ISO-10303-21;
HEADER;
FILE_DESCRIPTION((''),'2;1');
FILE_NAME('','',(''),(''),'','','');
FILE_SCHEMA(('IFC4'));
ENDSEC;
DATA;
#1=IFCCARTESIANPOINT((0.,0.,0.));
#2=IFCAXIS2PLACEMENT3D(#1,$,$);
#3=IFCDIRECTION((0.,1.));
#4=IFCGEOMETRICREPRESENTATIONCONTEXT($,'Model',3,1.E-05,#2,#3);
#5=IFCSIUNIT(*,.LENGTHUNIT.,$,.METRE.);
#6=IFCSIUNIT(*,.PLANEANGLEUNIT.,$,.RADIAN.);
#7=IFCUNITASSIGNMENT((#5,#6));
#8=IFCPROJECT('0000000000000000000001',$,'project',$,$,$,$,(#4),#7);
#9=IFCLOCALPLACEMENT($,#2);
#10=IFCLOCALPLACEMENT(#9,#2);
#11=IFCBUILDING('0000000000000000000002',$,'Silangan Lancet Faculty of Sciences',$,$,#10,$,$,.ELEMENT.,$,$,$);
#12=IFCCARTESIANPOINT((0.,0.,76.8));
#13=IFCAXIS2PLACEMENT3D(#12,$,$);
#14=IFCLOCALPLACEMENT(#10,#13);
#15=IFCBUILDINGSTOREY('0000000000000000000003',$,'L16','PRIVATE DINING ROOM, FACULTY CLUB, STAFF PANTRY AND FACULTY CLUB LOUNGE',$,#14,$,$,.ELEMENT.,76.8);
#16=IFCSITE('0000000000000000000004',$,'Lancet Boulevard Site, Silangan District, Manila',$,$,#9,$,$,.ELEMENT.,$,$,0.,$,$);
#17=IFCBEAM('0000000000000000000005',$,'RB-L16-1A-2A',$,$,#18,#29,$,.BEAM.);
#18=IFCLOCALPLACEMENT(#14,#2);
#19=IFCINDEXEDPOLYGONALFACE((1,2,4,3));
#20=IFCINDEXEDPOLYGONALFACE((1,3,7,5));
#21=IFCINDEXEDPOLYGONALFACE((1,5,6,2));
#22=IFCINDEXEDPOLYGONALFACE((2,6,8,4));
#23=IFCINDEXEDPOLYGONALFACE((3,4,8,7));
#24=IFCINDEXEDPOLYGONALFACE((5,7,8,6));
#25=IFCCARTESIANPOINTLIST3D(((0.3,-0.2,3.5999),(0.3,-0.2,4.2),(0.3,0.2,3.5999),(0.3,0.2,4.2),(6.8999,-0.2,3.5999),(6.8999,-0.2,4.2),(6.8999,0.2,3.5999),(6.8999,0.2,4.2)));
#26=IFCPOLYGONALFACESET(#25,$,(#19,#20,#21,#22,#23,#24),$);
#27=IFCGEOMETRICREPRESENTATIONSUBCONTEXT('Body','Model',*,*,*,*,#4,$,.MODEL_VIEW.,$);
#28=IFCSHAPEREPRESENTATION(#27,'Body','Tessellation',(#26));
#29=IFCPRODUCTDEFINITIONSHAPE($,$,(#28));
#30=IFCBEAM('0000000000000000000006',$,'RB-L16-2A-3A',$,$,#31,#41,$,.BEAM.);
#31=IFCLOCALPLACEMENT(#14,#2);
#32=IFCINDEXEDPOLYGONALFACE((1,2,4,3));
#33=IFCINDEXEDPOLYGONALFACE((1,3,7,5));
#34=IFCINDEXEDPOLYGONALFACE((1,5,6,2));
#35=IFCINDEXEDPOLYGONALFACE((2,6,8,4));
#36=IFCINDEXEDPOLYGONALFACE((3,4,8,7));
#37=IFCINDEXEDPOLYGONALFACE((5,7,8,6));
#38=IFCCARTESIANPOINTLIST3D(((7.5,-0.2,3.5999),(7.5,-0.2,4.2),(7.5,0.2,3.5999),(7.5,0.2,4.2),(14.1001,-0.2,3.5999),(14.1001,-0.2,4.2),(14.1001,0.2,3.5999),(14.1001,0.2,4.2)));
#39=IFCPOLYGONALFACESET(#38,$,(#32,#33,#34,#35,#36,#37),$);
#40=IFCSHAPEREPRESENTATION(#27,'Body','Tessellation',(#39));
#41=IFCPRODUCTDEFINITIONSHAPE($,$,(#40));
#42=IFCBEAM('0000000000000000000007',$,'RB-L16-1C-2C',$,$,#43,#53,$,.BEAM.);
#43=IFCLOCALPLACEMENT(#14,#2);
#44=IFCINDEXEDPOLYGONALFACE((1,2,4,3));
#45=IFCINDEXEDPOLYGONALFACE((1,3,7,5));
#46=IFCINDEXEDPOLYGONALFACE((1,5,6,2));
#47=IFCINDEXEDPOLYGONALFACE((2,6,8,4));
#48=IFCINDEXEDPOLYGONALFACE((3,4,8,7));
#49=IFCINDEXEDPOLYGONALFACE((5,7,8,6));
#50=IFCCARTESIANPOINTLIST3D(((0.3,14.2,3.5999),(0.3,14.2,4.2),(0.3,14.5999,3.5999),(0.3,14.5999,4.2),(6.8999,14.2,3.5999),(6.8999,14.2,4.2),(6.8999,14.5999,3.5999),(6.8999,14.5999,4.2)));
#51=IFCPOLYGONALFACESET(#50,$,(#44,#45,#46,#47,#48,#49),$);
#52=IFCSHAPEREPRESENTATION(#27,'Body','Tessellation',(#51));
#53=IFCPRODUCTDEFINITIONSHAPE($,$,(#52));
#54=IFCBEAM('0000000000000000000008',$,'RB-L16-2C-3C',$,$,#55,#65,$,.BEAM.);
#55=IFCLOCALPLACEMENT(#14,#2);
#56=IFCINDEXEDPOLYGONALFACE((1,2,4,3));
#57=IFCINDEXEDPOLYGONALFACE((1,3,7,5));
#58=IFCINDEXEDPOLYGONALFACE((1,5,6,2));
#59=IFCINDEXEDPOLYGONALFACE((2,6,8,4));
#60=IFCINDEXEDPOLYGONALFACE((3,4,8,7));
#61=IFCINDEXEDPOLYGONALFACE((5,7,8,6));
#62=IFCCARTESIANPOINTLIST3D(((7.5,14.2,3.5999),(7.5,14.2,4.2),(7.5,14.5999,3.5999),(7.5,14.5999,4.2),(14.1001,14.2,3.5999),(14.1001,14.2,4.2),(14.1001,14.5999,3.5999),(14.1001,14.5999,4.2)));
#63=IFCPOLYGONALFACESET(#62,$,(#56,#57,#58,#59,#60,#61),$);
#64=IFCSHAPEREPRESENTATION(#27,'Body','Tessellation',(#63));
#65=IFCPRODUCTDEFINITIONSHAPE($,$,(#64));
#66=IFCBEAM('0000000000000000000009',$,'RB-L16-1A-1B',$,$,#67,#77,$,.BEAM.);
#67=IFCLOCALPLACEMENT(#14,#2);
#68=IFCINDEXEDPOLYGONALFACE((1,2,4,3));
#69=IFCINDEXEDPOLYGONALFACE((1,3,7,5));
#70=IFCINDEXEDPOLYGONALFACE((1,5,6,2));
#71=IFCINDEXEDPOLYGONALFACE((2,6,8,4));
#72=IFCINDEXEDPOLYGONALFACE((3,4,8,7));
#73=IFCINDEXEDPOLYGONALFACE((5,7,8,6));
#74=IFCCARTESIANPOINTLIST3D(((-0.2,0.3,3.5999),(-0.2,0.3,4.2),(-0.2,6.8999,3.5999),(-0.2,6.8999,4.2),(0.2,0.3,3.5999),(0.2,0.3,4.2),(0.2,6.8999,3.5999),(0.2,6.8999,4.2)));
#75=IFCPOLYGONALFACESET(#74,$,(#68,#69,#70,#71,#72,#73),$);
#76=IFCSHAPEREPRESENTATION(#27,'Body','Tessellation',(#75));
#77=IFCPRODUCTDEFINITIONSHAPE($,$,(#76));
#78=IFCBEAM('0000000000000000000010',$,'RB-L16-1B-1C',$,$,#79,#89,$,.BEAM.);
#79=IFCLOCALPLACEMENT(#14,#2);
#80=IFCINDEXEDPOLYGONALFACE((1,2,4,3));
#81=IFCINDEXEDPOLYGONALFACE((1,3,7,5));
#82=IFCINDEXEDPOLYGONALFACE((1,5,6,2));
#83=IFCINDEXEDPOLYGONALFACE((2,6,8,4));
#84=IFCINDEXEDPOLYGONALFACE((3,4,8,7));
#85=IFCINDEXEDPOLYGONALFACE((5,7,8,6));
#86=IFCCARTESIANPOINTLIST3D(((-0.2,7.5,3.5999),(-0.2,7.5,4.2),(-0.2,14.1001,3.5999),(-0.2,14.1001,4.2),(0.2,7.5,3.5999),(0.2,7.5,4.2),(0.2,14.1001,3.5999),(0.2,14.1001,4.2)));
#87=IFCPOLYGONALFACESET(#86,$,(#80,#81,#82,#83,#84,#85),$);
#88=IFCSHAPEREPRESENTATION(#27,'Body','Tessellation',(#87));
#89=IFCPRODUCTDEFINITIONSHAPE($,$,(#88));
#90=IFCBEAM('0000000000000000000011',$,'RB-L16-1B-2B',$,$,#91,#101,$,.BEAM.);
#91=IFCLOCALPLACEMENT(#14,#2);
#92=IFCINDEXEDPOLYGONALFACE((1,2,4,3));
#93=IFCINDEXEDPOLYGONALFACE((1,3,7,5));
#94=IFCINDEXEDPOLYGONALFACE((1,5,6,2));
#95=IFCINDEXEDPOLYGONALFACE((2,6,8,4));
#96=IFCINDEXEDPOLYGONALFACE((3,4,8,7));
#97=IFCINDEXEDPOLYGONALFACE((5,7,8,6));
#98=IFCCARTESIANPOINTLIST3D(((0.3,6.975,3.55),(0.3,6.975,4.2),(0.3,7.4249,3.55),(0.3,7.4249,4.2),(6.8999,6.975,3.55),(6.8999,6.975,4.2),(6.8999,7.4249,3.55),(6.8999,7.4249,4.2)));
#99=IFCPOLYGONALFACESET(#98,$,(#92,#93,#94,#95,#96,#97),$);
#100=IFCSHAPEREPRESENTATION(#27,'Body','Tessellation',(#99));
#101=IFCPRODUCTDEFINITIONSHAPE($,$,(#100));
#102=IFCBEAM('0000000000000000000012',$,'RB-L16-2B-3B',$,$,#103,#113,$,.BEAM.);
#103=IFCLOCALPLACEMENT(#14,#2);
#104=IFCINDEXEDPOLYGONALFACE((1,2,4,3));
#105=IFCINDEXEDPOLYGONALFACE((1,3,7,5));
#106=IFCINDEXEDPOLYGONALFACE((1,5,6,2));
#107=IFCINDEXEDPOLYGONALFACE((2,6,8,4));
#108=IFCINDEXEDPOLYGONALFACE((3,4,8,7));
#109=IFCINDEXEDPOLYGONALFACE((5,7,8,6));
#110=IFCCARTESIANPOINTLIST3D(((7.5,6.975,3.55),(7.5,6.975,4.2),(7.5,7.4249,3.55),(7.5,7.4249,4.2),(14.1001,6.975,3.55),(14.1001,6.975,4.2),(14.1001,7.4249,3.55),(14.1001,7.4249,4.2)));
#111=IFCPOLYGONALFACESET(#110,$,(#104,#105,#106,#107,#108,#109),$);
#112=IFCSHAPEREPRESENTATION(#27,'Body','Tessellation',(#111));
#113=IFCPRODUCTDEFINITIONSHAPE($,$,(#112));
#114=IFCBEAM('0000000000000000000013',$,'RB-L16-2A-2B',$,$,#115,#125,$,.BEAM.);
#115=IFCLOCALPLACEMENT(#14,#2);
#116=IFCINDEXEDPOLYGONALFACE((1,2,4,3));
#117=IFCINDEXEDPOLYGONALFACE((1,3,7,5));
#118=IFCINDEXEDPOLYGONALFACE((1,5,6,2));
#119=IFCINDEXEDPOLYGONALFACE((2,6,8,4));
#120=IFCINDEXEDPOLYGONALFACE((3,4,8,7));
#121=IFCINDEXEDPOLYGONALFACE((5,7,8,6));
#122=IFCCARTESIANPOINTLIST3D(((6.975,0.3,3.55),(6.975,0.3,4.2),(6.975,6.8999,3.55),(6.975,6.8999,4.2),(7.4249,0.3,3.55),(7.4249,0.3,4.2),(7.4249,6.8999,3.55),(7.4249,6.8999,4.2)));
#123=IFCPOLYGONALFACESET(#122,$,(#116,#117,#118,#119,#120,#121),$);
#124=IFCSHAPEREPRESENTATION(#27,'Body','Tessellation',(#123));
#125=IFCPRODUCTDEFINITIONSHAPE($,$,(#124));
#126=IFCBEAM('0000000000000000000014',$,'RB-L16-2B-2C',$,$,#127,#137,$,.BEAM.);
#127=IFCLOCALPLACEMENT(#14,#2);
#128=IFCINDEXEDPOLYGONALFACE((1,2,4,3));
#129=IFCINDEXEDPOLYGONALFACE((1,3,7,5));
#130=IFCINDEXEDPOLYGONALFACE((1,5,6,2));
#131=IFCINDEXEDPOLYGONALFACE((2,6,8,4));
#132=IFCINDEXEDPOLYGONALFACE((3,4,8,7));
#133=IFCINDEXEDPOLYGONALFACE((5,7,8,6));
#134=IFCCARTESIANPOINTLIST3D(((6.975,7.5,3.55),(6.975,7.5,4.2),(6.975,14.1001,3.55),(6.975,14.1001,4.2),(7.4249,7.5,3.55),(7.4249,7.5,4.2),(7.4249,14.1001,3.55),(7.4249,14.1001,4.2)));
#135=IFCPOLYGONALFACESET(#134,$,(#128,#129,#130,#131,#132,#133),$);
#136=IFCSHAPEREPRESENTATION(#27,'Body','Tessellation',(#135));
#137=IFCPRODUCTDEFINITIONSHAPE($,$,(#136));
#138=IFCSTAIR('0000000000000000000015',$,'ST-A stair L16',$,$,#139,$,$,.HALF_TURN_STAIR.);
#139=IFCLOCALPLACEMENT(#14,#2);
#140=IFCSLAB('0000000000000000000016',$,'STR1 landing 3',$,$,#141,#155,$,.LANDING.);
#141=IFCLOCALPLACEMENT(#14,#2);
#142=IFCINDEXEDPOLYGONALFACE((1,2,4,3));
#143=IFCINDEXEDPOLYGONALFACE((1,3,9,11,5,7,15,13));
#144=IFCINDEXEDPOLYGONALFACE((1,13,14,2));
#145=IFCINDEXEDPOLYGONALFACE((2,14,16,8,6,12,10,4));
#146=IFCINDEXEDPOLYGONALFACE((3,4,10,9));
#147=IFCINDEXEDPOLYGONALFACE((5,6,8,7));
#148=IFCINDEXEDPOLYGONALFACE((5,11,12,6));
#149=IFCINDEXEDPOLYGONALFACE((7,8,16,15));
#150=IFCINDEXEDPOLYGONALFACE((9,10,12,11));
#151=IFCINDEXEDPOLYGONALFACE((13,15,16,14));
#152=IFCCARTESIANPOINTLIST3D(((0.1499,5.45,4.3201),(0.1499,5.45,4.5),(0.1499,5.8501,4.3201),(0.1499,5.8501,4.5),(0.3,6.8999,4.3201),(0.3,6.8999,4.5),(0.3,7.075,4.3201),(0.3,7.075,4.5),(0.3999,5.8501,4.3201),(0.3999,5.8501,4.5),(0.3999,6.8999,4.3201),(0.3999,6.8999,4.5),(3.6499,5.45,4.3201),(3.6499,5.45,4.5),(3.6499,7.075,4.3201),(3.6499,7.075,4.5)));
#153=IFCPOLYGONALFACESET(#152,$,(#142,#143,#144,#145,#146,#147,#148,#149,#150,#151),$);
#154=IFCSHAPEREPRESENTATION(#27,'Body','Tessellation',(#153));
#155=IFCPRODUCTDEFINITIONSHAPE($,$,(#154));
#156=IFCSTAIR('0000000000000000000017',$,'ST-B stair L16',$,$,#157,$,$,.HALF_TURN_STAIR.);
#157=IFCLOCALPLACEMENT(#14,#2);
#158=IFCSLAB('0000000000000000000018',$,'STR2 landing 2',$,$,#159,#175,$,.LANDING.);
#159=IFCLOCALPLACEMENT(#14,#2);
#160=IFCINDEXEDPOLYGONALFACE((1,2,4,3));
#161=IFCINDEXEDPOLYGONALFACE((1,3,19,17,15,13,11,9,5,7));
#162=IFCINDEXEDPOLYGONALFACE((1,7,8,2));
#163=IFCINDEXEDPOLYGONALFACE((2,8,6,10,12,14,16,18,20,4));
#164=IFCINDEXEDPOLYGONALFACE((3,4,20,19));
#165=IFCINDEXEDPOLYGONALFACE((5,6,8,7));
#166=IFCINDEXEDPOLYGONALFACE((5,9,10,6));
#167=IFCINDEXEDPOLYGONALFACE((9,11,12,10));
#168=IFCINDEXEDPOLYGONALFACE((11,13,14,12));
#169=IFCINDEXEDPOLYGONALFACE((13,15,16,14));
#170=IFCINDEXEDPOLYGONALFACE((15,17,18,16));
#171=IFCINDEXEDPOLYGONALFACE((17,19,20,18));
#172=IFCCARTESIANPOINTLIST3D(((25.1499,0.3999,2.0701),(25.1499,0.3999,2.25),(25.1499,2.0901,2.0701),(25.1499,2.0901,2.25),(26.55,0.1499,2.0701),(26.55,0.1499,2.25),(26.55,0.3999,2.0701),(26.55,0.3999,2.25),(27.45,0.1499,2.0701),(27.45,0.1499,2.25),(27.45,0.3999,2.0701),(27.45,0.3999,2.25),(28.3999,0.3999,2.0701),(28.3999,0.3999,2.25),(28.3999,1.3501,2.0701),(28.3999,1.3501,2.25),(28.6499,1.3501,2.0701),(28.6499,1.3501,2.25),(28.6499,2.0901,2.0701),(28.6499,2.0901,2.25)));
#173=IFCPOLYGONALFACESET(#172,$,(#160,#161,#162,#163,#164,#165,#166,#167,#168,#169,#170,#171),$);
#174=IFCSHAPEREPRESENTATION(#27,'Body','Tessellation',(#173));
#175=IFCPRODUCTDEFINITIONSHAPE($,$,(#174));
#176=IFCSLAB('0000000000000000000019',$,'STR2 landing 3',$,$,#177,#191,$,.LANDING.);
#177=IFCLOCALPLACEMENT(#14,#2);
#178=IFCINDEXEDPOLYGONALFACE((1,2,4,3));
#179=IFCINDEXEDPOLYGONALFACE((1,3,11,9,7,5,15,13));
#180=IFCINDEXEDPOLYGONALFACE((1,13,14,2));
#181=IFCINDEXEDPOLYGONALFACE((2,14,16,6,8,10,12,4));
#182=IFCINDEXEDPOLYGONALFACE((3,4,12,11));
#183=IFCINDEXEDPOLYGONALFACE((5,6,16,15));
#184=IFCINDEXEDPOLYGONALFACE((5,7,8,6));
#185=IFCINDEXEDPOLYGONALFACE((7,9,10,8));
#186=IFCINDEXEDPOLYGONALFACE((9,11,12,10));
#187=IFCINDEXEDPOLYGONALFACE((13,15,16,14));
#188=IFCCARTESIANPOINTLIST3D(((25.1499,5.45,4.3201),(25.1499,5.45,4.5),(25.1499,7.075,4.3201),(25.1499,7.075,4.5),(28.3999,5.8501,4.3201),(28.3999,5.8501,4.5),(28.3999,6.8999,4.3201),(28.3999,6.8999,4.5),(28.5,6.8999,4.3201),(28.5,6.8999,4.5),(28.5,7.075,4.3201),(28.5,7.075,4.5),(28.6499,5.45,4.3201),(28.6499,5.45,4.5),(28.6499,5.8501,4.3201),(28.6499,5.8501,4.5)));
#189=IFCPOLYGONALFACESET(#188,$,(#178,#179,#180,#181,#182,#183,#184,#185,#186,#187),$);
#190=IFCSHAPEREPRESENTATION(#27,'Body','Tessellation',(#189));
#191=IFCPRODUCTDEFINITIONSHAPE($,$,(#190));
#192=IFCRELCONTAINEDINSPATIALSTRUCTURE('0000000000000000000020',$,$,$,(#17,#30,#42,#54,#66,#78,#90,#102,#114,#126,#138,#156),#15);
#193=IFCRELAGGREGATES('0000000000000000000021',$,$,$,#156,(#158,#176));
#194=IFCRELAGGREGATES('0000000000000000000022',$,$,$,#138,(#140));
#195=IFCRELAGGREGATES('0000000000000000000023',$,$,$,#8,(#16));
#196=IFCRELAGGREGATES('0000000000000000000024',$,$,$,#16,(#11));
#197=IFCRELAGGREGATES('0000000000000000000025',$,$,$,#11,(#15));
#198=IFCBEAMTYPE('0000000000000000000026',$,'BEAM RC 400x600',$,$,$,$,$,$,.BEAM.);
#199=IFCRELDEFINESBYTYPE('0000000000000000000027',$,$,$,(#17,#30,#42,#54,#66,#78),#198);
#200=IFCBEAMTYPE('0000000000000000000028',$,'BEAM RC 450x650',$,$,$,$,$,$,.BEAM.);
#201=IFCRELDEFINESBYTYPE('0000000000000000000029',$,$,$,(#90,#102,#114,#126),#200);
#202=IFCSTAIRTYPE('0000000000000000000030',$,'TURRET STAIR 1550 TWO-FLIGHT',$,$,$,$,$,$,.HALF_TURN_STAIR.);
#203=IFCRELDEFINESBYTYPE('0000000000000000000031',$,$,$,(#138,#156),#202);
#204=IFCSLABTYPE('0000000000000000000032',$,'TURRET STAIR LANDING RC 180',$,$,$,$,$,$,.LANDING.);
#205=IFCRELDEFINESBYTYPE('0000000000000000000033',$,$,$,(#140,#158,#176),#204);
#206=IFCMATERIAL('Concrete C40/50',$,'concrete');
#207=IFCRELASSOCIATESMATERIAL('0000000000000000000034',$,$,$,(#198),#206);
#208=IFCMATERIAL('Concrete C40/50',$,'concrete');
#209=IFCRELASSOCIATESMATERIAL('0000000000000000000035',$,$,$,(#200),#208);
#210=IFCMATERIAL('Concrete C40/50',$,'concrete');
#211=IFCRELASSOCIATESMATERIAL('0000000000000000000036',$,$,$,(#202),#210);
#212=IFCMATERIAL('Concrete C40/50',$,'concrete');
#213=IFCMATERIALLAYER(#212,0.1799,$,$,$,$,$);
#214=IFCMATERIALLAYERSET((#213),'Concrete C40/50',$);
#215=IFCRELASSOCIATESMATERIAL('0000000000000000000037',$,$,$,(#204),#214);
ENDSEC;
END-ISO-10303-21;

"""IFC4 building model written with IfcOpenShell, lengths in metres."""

from ifc_helpers import new_model, si_unit, direction, frame, origin, origin_2d, place, context, subcontext, project, spatial, polyline, rectangle, outline, extrude, material, layer, layer_set, material_profile, profile_set, type_object, element, aggregate, save


model = new_model("IFC4")

# Units and contexts
model_context = context("Model", 3, precision=1e-05, world=origin(), true_north=direction((0.0, 1.0)))
body_context = subcontext(model_context, "Body", "Model", "MODEL_VIEW")
ifc_project = project(units=[si_unit("LENGTHUNIT", "METRE"), si_unit("PLANEANGLEUNIT", "RADIAN")], contexts=[model_context])

# Site, building, storey
site_placement = place(None, origin())
site = spatial("IfcSite", under=ifc_project, at=site_placement, Name="Lancet Boulevard Site, Silangan District, Manila", CompositionType="ELEMENT", RefElevation=0.0)
building_placement = place(site_placement, origin())
building = spatial("IfcBuilding", under=site, at=building_placement, Name="Silangan Lancet Faculty of Sciences", CompositionType="ELEMENT")
storey_placement = place(building_placement, frame((0.0, 0.0, 76.8)))
storey = spatial("IfcBuildingStorey", under=building, at=storey_placement, Name="L16", Description="PRIVATE DINING ROOM, FACULTY CLUB, STAFF PANTRY AND FACULTY CLUB LOUNGE", CompositionType="ELEMENT", Elevation=76.8)

# Beams
ifc_material_1 = material(Name="Concrete C40/50", Category="concrete")
ifc_material_profile_1 = material_profile(ifc_material_1, rectangle(XDim=0.3999, YDim=0.6001, at=origin_2d()), Name="RC 400x600")
ifc_profile_set_1 = profile_set([ifc_material_profile_1], Name="Concrete C40/50")
beam_type_1 = type_object("IfcBeamType", Name="BEAM RC 400x600", PredefinedType="BEAM", material=ifc_profile_set_1)
beam_1_placement = place(storey_placement, frame((0.3, 0.0, 3.8999), z_axis=(1.0, 0.0, 0.0), x_axis=(0.0, 1.0, 0.0)))
element("IfcBeam", 1, at=beam_1_placement, inside=storey, type_object=beam_type_1, Name="RB-L16-1A-2A", PredefinedType="BEAM", context=body_context, shape_type="SweptSolid", body=[
    extrude(rectangle(XDim=0.3999, YDim=0.6001, at=origin_2d()), origin(), (0.0, 0.0, 1.0), 6.5999),
])
beam_2_placement = place(storey_placement, frame((7.5, 0.0, 3.8999), z_axis=(1.0, 0.0, 0.0), x_axis=(0.0, 1.0, 0.0)))
element("IfcBeam", 2, at=beam_2_placement, inside=storey, type_object=beam_type_1, Name="RB-L16-2A-3A", PredefinedType="BEAM", context=body_context, shape_type="SweptSolid", body=[
    extrude(rectangle(XDim=0.3999, YDim=0.6001, at=origin_2d()), origin(), (0.0, 0.0, 1.0), 6.6001),
])
beam_3_placement = place(storey_placement, frame((0.3, 14.3999, 3.8999), z_axis=(1.0, 0.0, 0.0), x_axis=(0.0, 1.0, 0.0)))
element("IfcBeam", 3, at=beam_3_placement, inside=storey, type_object=beam_type_1, Name="RB-L16-1C-2C", PredefinedType="BEAM", context=body_context, shape_type="SweptSolid", body=[
    extrude(rectangle(XDim=0.3999, YDim=0.6001, at=origin_2d()), origin(), (0.0, 0.0, 1.0), 6.5999),
])
beam_4_placement = place(storey_placement, frame((7.5, 14.3999, 3.8999), z_axis=(1.0, 0.0, 0.0), x_axis=(0.0, 1.0, 0.0)))
element("IfcBeam", 4, at=beam_4_placement, inside=storey, type_object=beam_type_1, Name="RB-L16-2C-3C", PredefinedType="BEAM", context=body_context, shape_type="SweptSolid", body=[
    extrude(rectangle(XDim=0.3999, YDim=0.6001, at=origin_2d()), origin(), (0.0, 0.0, 1.0), 6.6001),
])
beam_5_placement = place(storey_placement, frame((0.0, 0.3, 3.8999), z_axis=(0.0, 1.0, 0.0), x_axis=(-1.0, 0.0, 0.0)))
element("IfcBeam", 5, at=beam_5_placement, inside=storey, type_object=beam_type_1, Name="RB-L16-1A-1B", PredefinedType="BEAM", context=body_context, shape_type="SweptSolid", body=[
    extrude(rectangle(XDim=0.3999, YDim=0.6001, at=origin_2d()), origin(), (0.0, 0.0, 1.0), 6.5999),
])
beam_6_placement = place(storey_placement, frame((0.0, 7.5, 3.8999), z_axis=(0.0, 1.0, 0.0), x_axis=(-1.0, 0.0, 0.0)))
element("IfcBeam", 6, at=beam_6_placement, inside=storey, type_object=beam_type_1, Name="RB-L16-1B-1C", PredefinedType="BEAM", context=body_context, shape_type="SweptSolid", body=[
    extrude(rectangle(XDim=0.3999, YDim=0.6001, at=origin_2d()), origin(), (0.0, 0.0, 1.0), 6.6001),
])
ifc_material_2 = material(Name="Concrete C40/50", Category="concrete")
ifc_material_profile_2 = material_profile(ifc_material_2, rectangle(XDim=0.45, YDim=0.6499, at=origin_2d()), Name="RC 450x650")
ifc_profile_set_2 = profile_set([ifc_material_profile_2], Name="Concrete C40/50")
beam_type_2 = type_object("IfcBeamType", Name="BEAM RC 450x650", PredefinedType="BEAM", material=ifc_profile_set_2)
beam_7_placement = place(storey_placement, frame((0.3, 7.2, 3.875), z_axis=(1.0, 0.0, 0.0), x_axis=(0.0, 1.0, 0.0)))
element("IfcBeam", 7, at=beam_7_placement, inside=storey, type_object=beam_type_2, Name="RB-L16-1B-2B", PredefinedType="BEAM", context=body_context, shape_type="SweptSolid", body=[
    extrude(rectangle(XDim=0.45, YDim=0.6499, at=origin_2d()), origin(), (0.0, 0.0, 1.0), 6.5999),
])
beam_8_placement = place(storey_placement, frame((7.5, 7.2, 3.875), z_axis=(1.0, 0.0, 0.0), x_axis=(0.0, 1.0, 0.0)))
element("IfcBeam", 8, at=beam_8_placement, inside=storey, type_object=beam_type_2, Name="RB-L16-2B-3B", PredefinedType="BEAM", context=body_context, shape_type="SweptSolid", body=[
    extrude(rectangle(XDim=0.45, YDim=0.6499, at=origin_2d()), origin(), (0.0, 0.0, 1.0), 6.6001),
])
beam_9_placement = place(storey_placement, frame((7.2, 0.3, 3.875), z_axis=(0.0, 1.0, 0.0), x_axis=(-1.0, 0.0, 0.0)))
element("IfcBeam", 9, at=beam_9_placement, inside=storey, type_object=beam_type_2, Name="RB-L16-2A-2B", PredefinedType="BEAM", context=body_context, shape_type="SweptSolid", body=[
    extrude(rectangle(XDim=0.45, YDim=0.6499, at=origin_2d()), origin(), (0.0, 0.0, 1.0), 6.5999),
])
beam_10_placement = place(storey_placement, frame((7.2, 7.5, 3.875), z_axis=(0.0, 1.0, 0.0), x_axis=(-1.0, 0.0, 0.0)))
element("IfcBeam", 10, at=beam_10_placement, inside=storey, type_object=beam_type_2, Name="RB-L16-2B-2C", PredefinedType="BEAM", context=body_context, shape_type="SweptSolid", body=[
    extrude(rectangle(XDim=0.45, YDim=0.6499, at=origin_2d()), origin(), (0.0, 0.0, 1.0), 6.6001),
])

# Stair, slab
ifc_material_3 = material(Name="Concrete C40/50", Category="concrete")
stair_type = type_object("IfcStairType", Name="TURRET STAIR 1550 TWO-FLIGHT", PredefinedType="HALF_TURN_STAIR", material=ifc_material_3)
stair_1_placement = place(storey_placement, origin())
stair_1 = element("IfcStair", 11, at=stair_1_placement, inside=storey, type_object=stair_type, Name="ST-A stair L16", PredefinedType="HALF_TURN_STAIR")
ifc_material_4 = material(Name="Concrete C40/50", Category="concrete")
ifc_layer = layer(ifc_material_4, 0.1799)
ifc_layer_set = layer_set([ifc_layer], Name="Concrete C40/50")
slab_type = type_object("IfcSlabType", Name="TURRET STAIR LANDING RC 180", PredefinedType="LANDING", material=ifc_layer_set)
slab_1_placement = place(storey_placement, frame((0.0, 0.0, 4.3201)))
slab_1 = element("IfcSlab", 12, at=slab_1_placement, type_object=slab_type, Name="STR1 landing 3", PredefinedType="LANDING", context=body_context, shape_type="SweptSolid", body=[
    extrude(outline(polyline([(0.3999, 6.8999), (0.3, 6.8999), (0.3, 7.075), (3.6499, 7.075), (3.6499, 5.45), (0.1499, 5.45), (0.1499, 5.8501), (0.3999, 5.8501), (0.3999, 6.8999)])), origin(), (0.0, 0.0, 1.0), 0.1799),
])

# Stair, slabs
stair_2_placement = place(storey_placement, origin())
stair_2 = element("IfcStair", 13, at=stair_2_placement, inside=storey, type_object=stair_type, Name="ST-B stair L16", PredefinedType="HALF_TURN_STAIR")
slab_2_placement = place(storey_placement, frame((0.0, 0.0, 2.0701)))
slab_2 = element("IfcSlab", 14, at=slab_2_placement, type_object=slab_type, Name="STR2 landing 2", PredefinedType="LANDING", context=body_context, shape_type="SweptSolid", body=[
    extrude(outline(polyline([(26.55, 0.1499), (26.55, 0.3999), (25.1499, 0.3999), (25.1499, 2.0901), (28.6499, 2.0901), (28.6499, 1.3501), (28.3999, 1.3501), (28.3999, 0.3999), (27.45, 0.3999), (27.45, 0.1499), (26.55, 0.1499)])), origin(), (0.0, 0.0, 1.0), 0.1799),
])
slab_3_placement = place(storey_placement, frame((0.0, 0.0, 4.3201)))
slab_3 = element("IfcSlab", 15, at=slab_3_placement, type_object=slab_type, Name="STR2 landing 3", PredefinedType="LANDING", context=body_context, shape_type="SweptSolid", body=[
    extrude(outline(polyline([(28.3999, 5.8501), (28.6499, 5.8501), (28.6499, 5.45), (25.1499, 5.45), (25.1499, 7.075), (28.5, 7.075), (28.5, 6.8999), (28.3999, 6.8999), (28.3999, 5.8501)])), origin(), (0.0, 0.0, 1.0), 0.1799),
])
aggregate(stair_2, [slab_2, slab_3])

aggregate(stair_1, [slab_1])

save(model, "model.ifc")
